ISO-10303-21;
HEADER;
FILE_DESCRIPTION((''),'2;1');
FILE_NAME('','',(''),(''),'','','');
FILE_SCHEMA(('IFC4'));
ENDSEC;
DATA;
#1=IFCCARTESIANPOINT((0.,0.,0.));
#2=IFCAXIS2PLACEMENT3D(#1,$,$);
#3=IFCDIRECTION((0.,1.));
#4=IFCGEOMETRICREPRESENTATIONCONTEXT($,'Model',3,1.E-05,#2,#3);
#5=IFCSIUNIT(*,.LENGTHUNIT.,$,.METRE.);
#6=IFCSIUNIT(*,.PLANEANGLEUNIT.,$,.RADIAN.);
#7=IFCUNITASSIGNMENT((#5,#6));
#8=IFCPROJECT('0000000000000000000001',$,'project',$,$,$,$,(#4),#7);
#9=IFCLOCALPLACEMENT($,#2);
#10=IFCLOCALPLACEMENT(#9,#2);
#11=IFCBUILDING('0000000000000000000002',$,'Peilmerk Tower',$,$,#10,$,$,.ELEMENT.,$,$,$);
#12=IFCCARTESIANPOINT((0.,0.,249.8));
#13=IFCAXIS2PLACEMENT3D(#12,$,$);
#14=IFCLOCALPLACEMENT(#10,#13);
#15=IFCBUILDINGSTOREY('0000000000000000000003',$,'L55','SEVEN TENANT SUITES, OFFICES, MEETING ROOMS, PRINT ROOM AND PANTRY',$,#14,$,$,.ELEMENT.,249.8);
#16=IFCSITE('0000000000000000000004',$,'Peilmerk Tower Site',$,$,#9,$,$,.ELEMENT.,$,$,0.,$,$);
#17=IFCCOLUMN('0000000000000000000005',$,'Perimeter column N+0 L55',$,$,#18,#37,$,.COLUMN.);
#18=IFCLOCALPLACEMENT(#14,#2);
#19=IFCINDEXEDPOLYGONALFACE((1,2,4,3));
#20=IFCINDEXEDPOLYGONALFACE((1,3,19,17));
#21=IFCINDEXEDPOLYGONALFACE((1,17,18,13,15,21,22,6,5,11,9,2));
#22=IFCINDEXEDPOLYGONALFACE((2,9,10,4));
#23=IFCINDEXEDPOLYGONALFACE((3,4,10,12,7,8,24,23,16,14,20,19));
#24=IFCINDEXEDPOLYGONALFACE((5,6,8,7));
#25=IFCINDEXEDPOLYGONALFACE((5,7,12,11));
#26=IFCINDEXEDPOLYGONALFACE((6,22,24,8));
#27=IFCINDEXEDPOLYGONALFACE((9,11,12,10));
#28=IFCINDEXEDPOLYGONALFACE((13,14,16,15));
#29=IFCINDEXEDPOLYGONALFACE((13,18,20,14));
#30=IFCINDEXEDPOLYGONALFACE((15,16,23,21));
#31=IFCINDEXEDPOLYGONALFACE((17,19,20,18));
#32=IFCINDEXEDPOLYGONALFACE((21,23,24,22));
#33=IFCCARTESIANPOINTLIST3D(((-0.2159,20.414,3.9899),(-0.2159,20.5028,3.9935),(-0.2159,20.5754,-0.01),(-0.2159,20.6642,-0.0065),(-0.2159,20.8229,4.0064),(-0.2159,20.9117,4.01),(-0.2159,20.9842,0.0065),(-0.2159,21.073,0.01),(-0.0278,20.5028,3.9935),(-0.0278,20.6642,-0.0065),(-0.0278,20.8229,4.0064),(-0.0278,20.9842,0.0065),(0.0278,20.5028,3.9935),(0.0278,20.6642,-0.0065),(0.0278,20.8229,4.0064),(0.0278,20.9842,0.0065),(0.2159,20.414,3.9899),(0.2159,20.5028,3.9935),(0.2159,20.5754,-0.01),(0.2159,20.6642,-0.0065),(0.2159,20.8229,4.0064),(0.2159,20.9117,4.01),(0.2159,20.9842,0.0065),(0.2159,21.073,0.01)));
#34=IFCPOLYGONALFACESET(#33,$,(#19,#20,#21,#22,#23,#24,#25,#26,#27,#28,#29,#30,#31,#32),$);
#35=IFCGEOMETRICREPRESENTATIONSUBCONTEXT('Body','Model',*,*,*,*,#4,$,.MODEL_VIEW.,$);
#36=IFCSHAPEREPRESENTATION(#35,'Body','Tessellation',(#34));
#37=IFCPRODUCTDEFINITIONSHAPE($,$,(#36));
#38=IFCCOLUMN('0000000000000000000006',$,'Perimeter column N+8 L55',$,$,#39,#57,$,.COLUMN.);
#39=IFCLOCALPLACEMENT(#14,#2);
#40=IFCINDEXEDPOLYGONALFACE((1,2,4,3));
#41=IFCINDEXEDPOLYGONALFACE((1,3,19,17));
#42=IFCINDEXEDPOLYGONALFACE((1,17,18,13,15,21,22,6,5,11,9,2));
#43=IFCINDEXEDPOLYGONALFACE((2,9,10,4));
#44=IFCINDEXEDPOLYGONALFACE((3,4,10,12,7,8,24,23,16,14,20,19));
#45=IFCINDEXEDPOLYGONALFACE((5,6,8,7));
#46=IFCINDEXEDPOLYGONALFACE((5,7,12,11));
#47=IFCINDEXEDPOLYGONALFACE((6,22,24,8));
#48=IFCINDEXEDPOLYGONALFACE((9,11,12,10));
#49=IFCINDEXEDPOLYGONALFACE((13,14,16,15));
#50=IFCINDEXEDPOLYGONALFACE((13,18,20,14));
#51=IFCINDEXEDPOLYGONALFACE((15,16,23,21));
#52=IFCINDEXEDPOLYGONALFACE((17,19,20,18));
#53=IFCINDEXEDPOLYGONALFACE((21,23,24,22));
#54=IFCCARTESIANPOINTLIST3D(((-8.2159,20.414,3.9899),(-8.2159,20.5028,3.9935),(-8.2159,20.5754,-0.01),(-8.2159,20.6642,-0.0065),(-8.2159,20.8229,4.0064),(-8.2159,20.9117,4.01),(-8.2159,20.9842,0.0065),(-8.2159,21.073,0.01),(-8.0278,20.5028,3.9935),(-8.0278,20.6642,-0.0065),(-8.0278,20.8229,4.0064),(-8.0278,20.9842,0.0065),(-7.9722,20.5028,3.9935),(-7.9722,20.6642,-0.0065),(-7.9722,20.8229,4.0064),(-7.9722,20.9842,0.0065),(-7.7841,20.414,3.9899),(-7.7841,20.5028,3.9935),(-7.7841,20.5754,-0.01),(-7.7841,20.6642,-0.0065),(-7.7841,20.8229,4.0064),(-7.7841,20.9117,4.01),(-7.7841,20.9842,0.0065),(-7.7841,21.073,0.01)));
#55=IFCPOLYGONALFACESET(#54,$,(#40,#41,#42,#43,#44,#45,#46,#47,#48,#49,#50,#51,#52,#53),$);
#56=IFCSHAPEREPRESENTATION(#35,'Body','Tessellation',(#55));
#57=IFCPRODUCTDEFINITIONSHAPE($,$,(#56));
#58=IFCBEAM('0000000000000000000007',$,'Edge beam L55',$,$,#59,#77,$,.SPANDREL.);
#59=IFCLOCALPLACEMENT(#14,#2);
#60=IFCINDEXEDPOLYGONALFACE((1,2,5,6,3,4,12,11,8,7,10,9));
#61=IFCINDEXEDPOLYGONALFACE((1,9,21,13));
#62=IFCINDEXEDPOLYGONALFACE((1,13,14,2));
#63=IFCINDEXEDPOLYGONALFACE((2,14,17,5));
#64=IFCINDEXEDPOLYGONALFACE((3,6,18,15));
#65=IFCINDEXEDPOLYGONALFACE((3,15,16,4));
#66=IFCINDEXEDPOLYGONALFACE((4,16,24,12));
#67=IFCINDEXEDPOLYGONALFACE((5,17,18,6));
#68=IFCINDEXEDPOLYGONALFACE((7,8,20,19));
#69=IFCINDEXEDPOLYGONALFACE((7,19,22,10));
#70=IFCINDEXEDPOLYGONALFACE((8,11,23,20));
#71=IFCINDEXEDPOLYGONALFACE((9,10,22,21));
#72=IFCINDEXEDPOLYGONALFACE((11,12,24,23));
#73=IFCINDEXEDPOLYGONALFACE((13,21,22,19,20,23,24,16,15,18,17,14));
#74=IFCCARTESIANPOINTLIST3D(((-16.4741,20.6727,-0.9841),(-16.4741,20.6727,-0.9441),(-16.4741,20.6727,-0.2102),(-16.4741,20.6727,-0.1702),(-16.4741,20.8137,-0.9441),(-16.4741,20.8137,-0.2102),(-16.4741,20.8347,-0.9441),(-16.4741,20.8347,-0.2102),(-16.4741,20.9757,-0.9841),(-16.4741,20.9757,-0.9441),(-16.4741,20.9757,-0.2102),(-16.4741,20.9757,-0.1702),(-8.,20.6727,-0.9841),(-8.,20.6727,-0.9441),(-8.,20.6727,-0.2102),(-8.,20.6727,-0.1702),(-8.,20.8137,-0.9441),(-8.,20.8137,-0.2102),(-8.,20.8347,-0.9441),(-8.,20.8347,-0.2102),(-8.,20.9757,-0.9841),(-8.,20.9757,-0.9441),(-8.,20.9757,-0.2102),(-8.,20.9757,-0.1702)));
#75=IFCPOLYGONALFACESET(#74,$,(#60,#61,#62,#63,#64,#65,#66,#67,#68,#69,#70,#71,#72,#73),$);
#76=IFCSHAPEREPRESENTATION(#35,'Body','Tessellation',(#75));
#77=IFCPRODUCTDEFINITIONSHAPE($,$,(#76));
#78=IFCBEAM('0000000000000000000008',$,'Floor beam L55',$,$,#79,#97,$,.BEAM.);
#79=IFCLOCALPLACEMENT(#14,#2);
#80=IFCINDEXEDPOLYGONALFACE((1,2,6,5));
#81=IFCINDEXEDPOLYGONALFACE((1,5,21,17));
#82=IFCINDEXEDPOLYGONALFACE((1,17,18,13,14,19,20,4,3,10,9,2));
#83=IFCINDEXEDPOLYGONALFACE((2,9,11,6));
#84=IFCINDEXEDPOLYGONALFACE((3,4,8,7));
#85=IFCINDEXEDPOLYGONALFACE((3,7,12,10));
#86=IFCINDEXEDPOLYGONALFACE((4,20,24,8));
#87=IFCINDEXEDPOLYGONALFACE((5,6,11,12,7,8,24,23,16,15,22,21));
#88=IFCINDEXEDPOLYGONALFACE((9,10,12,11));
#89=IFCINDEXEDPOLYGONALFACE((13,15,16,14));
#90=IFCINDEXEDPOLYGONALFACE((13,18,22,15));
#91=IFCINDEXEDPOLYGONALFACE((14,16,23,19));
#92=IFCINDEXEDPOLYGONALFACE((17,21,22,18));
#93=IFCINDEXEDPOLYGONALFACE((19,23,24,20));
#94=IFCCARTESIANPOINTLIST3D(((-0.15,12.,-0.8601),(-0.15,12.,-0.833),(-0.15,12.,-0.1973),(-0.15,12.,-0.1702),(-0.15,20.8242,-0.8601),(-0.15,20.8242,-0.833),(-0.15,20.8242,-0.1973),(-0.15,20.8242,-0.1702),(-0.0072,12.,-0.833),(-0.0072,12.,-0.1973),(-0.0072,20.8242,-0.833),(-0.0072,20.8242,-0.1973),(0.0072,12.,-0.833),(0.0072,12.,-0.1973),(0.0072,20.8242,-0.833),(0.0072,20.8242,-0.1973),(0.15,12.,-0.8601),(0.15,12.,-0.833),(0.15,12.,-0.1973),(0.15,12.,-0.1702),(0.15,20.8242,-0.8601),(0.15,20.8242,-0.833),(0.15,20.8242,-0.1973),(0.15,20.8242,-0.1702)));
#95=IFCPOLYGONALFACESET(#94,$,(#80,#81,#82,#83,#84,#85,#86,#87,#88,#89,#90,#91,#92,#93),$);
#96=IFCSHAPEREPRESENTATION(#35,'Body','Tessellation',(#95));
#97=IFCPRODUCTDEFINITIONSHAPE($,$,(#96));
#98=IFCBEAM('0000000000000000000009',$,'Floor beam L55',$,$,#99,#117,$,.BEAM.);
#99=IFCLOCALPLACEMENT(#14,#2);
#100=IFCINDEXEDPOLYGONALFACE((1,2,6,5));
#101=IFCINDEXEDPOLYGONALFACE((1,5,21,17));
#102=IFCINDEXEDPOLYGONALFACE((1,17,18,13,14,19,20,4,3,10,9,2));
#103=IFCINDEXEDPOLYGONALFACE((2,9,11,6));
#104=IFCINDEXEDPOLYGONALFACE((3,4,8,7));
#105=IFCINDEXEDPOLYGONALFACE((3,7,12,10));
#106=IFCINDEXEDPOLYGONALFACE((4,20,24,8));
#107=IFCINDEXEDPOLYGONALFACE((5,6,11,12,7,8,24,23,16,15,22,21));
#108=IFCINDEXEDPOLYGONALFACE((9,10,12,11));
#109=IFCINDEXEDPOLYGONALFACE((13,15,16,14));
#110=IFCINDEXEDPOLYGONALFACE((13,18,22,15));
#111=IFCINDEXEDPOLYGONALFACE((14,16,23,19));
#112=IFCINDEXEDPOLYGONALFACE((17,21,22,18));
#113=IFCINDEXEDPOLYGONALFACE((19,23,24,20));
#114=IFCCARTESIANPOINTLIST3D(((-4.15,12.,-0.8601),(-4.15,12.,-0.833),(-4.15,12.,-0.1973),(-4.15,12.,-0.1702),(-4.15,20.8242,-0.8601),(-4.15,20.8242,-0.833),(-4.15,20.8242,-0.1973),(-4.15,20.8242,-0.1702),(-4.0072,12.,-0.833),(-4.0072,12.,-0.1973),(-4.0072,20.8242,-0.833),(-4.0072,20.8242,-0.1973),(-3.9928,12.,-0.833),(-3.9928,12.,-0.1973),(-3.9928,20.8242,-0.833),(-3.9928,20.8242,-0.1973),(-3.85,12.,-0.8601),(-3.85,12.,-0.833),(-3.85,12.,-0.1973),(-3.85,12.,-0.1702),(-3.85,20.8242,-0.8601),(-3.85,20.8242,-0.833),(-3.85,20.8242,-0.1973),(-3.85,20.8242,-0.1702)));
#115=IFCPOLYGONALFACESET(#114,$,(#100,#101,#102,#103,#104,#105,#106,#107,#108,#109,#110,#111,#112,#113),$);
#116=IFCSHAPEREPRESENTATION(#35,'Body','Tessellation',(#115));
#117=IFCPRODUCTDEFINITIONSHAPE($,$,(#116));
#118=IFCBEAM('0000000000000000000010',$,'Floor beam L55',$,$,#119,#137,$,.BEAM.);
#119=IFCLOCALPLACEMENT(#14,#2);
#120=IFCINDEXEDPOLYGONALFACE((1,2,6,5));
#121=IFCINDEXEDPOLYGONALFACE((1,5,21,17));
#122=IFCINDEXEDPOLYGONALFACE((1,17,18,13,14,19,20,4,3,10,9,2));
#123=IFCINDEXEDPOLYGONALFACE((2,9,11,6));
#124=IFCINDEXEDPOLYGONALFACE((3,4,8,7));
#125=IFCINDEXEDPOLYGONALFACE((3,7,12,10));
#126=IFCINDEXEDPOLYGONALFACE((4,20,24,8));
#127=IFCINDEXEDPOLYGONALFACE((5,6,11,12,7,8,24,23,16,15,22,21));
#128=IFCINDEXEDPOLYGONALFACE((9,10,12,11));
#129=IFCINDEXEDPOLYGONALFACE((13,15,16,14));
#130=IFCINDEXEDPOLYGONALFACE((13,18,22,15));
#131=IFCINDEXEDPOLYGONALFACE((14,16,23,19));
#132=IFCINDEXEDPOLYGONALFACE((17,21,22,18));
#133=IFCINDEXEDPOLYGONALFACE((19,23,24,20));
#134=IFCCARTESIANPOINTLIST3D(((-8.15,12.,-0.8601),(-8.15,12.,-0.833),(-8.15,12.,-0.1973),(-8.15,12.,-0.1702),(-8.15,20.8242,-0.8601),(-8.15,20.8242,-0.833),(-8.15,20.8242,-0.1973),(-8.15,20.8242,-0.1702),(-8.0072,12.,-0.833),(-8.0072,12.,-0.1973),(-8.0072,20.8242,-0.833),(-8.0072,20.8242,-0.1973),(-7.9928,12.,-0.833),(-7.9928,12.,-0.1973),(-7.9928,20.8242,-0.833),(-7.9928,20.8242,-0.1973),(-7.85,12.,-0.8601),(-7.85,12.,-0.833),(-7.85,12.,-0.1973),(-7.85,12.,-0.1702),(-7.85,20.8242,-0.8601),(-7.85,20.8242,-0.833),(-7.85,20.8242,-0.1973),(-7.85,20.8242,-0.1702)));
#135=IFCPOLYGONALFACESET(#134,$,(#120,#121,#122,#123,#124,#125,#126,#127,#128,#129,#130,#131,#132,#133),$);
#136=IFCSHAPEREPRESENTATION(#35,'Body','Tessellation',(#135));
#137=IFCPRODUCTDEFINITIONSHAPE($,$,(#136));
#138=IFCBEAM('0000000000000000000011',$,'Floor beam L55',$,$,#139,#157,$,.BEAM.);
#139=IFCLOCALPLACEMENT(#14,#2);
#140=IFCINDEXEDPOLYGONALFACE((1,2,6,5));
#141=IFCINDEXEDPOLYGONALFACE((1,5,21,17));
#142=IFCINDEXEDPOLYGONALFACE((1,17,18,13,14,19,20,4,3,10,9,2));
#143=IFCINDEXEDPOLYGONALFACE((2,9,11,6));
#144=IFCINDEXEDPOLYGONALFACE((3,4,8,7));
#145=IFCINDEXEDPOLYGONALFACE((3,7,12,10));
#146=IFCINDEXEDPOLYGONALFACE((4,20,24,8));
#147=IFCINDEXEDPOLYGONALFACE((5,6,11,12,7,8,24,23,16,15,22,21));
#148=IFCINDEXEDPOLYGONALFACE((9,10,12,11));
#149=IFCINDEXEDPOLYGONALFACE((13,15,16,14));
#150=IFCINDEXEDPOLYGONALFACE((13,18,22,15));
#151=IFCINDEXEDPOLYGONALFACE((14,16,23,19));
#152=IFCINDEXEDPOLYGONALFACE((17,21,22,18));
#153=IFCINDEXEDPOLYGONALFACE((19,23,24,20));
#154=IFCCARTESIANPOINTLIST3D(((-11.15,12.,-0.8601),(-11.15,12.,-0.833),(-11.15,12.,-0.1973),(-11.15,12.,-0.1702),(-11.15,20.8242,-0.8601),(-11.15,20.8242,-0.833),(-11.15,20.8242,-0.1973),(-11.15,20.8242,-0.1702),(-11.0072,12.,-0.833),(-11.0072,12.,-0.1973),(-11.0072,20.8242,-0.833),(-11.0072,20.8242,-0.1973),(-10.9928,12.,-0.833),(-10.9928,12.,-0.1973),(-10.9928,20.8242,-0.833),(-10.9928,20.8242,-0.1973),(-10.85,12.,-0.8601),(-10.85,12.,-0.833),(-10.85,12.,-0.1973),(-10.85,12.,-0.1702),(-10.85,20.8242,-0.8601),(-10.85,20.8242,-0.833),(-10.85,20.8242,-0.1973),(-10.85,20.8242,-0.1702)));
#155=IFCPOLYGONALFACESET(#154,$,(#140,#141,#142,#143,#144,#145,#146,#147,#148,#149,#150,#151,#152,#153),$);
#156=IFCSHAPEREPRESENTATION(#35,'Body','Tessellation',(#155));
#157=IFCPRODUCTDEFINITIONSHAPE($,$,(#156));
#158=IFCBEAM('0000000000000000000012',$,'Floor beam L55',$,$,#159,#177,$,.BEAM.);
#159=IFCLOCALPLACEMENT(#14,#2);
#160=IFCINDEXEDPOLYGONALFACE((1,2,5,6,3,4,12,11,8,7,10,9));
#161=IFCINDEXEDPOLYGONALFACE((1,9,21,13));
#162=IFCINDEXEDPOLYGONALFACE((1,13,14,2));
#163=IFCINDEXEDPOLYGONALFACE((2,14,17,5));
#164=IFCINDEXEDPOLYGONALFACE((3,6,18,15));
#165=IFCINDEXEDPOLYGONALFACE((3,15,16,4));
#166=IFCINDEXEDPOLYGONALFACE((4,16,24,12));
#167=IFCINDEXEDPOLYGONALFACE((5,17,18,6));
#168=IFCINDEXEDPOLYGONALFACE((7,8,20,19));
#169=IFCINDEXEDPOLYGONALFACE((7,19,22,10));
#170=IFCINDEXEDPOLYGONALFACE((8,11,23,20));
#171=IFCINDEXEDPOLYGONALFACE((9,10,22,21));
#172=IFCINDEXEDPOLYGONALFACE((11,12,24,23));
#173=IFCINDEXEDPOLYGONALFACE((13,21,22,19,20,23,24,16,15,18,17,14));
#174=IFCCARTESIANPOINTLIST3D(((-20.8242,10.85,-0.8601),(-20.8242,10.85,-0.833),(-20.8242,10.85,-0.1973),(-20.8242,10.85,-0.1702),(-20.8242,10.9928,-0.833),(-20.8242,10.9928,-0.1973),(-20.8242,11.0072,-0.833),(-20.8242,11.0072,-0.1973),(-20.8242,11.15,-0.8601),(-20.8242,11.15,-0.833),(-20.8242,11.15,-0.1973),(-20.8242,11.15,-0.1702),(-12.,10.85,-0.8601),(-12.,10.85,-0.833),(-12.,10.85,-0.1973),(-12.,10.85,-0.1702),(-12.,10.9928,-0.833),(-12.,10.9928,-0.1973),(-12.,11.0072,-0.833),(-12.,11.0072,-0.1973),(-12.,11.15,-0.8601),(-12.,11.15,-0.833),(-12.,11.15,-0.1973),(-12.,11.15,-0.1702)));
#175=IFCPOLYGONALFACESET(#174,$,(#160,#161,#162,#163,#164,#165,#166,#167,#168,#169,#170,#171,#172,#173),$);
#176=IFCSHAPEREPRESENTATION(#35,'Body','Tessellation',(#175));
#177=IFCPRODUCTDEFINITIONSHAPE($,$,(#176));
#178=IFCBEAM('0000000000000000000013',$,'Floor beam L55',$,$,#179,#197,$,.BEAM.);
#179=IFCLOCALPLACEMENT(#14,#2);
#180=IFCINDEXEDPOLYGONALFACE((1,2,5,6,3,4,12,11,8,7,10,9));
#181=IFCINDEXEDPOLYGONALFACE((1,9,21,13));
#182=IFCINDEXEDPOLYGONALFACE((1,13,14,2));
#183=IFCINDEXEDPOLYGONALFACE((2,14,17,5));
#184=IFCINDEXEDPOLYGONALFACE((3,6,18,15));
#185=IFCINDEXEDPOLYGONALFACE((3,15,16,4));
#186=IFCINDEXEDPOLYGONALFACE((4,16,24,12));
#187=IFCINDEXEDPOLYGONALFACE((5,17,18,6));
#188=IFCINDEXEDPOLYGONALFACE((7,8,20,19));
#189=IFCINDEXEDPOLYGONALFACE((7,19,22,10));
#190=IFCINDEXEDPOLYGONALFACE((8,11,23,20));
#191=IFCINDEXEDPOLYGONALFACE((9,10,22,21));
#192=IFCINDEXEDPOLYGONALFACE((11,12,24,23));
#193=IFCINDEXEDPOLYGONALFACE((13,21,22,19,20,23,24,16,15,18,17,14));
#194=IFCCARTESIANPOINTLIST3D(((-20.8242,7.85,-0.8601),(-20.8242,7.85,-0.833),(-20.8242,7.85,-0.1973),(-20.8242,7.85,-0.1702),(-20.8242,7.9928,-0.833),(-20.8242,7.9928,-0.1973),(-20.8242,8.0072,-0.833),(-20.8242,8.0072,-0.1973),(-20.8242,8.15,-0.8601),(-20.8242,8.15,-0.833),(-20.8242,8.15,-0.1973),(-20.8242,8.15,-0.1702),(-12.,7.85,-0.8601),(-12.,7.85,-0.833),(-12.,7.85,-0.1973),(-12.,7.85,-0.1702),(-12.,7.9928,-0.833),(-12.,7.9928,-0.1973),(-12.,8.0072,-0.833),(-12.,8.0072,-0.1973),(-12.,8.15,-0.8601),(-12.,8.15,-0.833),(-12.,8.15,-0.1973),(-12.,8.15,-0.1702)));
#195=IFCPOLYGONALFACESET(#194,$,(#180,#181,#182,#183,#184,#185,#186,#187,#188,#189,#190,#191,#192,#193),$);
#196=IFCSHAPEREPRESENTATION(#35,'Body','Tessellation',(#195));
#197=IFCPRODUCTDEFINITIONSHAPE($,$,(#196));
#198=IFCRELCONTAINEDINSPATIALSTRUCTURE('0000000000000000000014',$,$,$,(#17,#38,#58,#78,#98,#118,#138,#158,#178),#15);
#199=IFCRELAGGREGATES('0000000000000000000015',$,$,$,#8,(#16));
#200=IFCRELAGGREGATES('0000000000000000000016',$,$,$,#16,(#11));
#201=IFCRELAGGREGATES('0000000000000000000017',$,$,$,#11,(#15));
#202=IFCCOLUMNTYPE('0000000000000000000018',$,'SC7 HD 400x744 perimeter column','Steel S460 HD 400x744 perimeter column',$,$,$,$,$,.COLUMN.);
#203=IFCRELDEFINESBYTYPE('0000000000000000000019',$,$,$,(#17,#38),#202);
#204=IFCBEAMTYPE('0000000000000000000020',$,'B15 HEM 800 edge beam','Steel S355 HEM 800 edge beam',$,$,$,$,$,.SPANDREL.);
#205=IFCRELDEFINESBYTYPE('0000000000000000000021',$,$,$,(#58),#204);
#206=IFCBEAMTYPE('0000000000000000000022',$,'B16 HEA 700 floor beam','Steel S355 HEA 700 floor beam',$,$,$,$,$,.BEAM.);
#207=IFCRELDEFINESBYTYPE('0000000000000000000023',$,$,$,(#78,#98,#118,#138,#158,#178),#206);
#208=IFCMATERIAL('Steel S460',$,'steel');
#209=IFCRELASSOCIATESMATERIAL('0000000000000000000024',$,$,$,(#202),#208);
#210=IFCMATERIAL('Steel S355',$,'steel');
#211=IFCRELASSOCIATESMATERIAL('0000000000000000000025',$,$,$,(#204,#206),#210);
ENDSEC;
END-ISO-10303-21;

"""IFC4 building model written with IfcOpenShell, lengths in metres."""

from ifc_helpers import new_model, si_unit, direction, frame, origin, origin_2d, place, context, subcontext, project, spatial, i_section, extrude, material, material_profile, profile_set, type_object, element, save


model = new_model("IFC4")

# Units and contexts
model_context = context("Model", 3, precision=1e-05, world=origin(), true_north=direction((0.0, 1.0)))
body_context = subcontext(model_context, "Body", "Model", "MODEL_VIEW")
ifc_project = project(units=[si_unit("LENGTHUNIT", "METRE"), si_unit("PLANEANGLEUNIT", "RADIAN")], contexts=[model_context])

# Site, building, storey
site_placement = place(None, origin())
site = spatial("IfcSite", under=ifc_project, at=site_placement, Name="Peilmerk Tower Site", CompositionType="ELEMENT", RefElevation=0.0)
building_placement = place(site_placement, origin())
building = spatial("IfcBuilding", under=site, at=building_placement, Name="Peilmerk Tower", CompositionType="ELEMENT")
storey_placement = place(building_placement, frame((0.0, 0.0, 249.8)))
storey = spatial("IfcBuildingStorey", under=building, at=storey_placement, Name="L55", Description="SEVEN TENANT SUITES, OFFICES, MEETING ROOMS, PRINT ROOM AND PANTRY", CompositionType="ELEMENT", Elevation=249.8)

# Columns
ifc_material_1 = material(Name="Steel S460", Category="steel")
ifc_material_profile_1 = material_profile(ifc_material_1, i_section(OverallWidth=0.4319, OverallDepth=0.498, WebThickness=0.0557, FlangeThickness=0.0889, at=origin_2d()), Name="HD 400x744")
ifc_profile_set_1 = profile_set([ifc_material_profile_1], Name="Steel S460")
column_type = type_object("IfcColumnType", Name="SC7 HD 400x744 perimeter column", Description="Steel S460 HD 400x744 perimeter column", PredefinedType="COLUMN", material=ifc_profile_set_1)
for number, where, z_axis, x_axis, name in (
    (1, (0.0, 20.8242, 0.0), (0.0, -0.040311, 0.999187), (1.0, 0.0, 0.0), "Perimeter column N+0 L55"),
    (2, (-8.0, 20.8242, 0.0), (0.0, -0.040311, 0.999187), (1.0, 0.0, 0.0), "Perimeter column N+8 L55"),
):
    element("IfcColumn", number, at=place(storey_placement, frame(where, z_axis=z_axis, x_axis=x_axis)), inside=storey, type_object=column_type, Name=name, PredefinedType="COLUMN", context=body_context, shape_type="SweptSolid", body=[
        extrude(i_section(OverallWidth=0.4319, OverallDepth=0.498, WebThickness=0.0557, FlangeThickness=0.0889, at=origin_2d()), origin(), (0.0, 0.0, 1.0), 4.0032),
    ])

# Beams
ifc_material_2 = material(Name="Steel S355", Category="steel")
ifc_material_profile_2 = material_profile(ifc_material_2, i_section(OverallWidth=0.303, OverallDepth=0.814, WebThickness=0.021, FlangeThickness=0.04, at=origin_2d()), Name="HEM 800")
ifc_profile_set_2 = profile_set([ifc_material_profile_2], Name="Steel S355")
beam_type_1 = type_object("IfcBeamType", Name="B15 HEM 800 edge beam", Description="Steel S355 HEM 800 edge beam", PredefinedType="SPANDREL", material=ifc_profile_set_2)
beam_1_placement = place(storey_placement, frame((-8.0, 20.8242, -0.5771), z_axis=(-1.0, 0.0, 0.0), x_axis=(0.0, -1.0, 0.0)))
element("IfcBeam", 3, at=beam_1_placement, inside=storey, type_object=beam_type_1, Name="Edge beam L55", PredefinedType="SPANDREL", context=body_context, shape_type="SweptSolid", body=[
    extrude(i_section(OverallWidth=0.303, OverallDepth=0.814, WebThickness=0.021, FlangeThickness=0.04, at=origin_2d()), origin(), (0.0, 0.0, 1.0), 8.4741),
])
ifc_material_profile_3 = material_profile(ifc_material_2, i_section(OverallWidth=0.3, OverallDepth=0.6899, WebThickness=0.0144, FlangeThickness=0.0271, at=origin_2d()), Name="HEA 700")
ifc_profile_set_3 = profile_set([ifc_material_profile_3], Name="Steel S355")
beam_type_2 = type_object("IfcBeamType", Name="B16 HEA 700 floor beam", Description="Steel S355 HEA 700 floor beam", PredefinedType="BEAM", material=ifc_profile_set_3)
for number, where, z_axis, x_axis, name in (
    (4, (0.0, 12.0, -0.5151), (0.0, 1.0, 0.0), (-1.0, 0.0, 0.0), "Floor beam L55"),
    (5, (-4.0, 12.0, -0.5151), (0.0, 1.0, 0.0), (-1.0, 0.0, 0.0), "Floor beam L55"),
    (6, (-8.0, 12.0, -0.5151), (0.0, 1.0, 0.0), (-1.0, 0.0, 0.0), "Floor beam L55"),
    (7, (-11.0, 12.0, -0.5151), (0.0, 1.0, 0.0), (-1.0, 0.0, 0.0), "Floor beam L55"),
    (8, (-12.0, 11.0, -0.5151), (-1.0, 0.0, 0.0), (0.0, -1.0, 0.0), "Floor beam L55"),
    (9, (-12.0, 8.0, -0.5151), (-1.0, 0.0, 0.0), (0.0, -1.0, 0.0), "Floor beam L55"),
):
    element("IfcBeam", number, at=place(storey_placement, frame(where, z_axis=z_axis, x_axis=x_axis)), inside=storey, type_object=beam_type_2, Name=name, PredefinedType="BEAM", context=body_context, shape_type="SweptSolid", body=[
        extrude(i_section(OverallWidth=0.3, OverallDepth=0.6899, WebThickness=0.0144, FlangeThickness=0.0271, at=origin_2d()), origin(), (0.0, 0.0, 1.0), 8.8242),
    ])

save(model, "model.ifc")
